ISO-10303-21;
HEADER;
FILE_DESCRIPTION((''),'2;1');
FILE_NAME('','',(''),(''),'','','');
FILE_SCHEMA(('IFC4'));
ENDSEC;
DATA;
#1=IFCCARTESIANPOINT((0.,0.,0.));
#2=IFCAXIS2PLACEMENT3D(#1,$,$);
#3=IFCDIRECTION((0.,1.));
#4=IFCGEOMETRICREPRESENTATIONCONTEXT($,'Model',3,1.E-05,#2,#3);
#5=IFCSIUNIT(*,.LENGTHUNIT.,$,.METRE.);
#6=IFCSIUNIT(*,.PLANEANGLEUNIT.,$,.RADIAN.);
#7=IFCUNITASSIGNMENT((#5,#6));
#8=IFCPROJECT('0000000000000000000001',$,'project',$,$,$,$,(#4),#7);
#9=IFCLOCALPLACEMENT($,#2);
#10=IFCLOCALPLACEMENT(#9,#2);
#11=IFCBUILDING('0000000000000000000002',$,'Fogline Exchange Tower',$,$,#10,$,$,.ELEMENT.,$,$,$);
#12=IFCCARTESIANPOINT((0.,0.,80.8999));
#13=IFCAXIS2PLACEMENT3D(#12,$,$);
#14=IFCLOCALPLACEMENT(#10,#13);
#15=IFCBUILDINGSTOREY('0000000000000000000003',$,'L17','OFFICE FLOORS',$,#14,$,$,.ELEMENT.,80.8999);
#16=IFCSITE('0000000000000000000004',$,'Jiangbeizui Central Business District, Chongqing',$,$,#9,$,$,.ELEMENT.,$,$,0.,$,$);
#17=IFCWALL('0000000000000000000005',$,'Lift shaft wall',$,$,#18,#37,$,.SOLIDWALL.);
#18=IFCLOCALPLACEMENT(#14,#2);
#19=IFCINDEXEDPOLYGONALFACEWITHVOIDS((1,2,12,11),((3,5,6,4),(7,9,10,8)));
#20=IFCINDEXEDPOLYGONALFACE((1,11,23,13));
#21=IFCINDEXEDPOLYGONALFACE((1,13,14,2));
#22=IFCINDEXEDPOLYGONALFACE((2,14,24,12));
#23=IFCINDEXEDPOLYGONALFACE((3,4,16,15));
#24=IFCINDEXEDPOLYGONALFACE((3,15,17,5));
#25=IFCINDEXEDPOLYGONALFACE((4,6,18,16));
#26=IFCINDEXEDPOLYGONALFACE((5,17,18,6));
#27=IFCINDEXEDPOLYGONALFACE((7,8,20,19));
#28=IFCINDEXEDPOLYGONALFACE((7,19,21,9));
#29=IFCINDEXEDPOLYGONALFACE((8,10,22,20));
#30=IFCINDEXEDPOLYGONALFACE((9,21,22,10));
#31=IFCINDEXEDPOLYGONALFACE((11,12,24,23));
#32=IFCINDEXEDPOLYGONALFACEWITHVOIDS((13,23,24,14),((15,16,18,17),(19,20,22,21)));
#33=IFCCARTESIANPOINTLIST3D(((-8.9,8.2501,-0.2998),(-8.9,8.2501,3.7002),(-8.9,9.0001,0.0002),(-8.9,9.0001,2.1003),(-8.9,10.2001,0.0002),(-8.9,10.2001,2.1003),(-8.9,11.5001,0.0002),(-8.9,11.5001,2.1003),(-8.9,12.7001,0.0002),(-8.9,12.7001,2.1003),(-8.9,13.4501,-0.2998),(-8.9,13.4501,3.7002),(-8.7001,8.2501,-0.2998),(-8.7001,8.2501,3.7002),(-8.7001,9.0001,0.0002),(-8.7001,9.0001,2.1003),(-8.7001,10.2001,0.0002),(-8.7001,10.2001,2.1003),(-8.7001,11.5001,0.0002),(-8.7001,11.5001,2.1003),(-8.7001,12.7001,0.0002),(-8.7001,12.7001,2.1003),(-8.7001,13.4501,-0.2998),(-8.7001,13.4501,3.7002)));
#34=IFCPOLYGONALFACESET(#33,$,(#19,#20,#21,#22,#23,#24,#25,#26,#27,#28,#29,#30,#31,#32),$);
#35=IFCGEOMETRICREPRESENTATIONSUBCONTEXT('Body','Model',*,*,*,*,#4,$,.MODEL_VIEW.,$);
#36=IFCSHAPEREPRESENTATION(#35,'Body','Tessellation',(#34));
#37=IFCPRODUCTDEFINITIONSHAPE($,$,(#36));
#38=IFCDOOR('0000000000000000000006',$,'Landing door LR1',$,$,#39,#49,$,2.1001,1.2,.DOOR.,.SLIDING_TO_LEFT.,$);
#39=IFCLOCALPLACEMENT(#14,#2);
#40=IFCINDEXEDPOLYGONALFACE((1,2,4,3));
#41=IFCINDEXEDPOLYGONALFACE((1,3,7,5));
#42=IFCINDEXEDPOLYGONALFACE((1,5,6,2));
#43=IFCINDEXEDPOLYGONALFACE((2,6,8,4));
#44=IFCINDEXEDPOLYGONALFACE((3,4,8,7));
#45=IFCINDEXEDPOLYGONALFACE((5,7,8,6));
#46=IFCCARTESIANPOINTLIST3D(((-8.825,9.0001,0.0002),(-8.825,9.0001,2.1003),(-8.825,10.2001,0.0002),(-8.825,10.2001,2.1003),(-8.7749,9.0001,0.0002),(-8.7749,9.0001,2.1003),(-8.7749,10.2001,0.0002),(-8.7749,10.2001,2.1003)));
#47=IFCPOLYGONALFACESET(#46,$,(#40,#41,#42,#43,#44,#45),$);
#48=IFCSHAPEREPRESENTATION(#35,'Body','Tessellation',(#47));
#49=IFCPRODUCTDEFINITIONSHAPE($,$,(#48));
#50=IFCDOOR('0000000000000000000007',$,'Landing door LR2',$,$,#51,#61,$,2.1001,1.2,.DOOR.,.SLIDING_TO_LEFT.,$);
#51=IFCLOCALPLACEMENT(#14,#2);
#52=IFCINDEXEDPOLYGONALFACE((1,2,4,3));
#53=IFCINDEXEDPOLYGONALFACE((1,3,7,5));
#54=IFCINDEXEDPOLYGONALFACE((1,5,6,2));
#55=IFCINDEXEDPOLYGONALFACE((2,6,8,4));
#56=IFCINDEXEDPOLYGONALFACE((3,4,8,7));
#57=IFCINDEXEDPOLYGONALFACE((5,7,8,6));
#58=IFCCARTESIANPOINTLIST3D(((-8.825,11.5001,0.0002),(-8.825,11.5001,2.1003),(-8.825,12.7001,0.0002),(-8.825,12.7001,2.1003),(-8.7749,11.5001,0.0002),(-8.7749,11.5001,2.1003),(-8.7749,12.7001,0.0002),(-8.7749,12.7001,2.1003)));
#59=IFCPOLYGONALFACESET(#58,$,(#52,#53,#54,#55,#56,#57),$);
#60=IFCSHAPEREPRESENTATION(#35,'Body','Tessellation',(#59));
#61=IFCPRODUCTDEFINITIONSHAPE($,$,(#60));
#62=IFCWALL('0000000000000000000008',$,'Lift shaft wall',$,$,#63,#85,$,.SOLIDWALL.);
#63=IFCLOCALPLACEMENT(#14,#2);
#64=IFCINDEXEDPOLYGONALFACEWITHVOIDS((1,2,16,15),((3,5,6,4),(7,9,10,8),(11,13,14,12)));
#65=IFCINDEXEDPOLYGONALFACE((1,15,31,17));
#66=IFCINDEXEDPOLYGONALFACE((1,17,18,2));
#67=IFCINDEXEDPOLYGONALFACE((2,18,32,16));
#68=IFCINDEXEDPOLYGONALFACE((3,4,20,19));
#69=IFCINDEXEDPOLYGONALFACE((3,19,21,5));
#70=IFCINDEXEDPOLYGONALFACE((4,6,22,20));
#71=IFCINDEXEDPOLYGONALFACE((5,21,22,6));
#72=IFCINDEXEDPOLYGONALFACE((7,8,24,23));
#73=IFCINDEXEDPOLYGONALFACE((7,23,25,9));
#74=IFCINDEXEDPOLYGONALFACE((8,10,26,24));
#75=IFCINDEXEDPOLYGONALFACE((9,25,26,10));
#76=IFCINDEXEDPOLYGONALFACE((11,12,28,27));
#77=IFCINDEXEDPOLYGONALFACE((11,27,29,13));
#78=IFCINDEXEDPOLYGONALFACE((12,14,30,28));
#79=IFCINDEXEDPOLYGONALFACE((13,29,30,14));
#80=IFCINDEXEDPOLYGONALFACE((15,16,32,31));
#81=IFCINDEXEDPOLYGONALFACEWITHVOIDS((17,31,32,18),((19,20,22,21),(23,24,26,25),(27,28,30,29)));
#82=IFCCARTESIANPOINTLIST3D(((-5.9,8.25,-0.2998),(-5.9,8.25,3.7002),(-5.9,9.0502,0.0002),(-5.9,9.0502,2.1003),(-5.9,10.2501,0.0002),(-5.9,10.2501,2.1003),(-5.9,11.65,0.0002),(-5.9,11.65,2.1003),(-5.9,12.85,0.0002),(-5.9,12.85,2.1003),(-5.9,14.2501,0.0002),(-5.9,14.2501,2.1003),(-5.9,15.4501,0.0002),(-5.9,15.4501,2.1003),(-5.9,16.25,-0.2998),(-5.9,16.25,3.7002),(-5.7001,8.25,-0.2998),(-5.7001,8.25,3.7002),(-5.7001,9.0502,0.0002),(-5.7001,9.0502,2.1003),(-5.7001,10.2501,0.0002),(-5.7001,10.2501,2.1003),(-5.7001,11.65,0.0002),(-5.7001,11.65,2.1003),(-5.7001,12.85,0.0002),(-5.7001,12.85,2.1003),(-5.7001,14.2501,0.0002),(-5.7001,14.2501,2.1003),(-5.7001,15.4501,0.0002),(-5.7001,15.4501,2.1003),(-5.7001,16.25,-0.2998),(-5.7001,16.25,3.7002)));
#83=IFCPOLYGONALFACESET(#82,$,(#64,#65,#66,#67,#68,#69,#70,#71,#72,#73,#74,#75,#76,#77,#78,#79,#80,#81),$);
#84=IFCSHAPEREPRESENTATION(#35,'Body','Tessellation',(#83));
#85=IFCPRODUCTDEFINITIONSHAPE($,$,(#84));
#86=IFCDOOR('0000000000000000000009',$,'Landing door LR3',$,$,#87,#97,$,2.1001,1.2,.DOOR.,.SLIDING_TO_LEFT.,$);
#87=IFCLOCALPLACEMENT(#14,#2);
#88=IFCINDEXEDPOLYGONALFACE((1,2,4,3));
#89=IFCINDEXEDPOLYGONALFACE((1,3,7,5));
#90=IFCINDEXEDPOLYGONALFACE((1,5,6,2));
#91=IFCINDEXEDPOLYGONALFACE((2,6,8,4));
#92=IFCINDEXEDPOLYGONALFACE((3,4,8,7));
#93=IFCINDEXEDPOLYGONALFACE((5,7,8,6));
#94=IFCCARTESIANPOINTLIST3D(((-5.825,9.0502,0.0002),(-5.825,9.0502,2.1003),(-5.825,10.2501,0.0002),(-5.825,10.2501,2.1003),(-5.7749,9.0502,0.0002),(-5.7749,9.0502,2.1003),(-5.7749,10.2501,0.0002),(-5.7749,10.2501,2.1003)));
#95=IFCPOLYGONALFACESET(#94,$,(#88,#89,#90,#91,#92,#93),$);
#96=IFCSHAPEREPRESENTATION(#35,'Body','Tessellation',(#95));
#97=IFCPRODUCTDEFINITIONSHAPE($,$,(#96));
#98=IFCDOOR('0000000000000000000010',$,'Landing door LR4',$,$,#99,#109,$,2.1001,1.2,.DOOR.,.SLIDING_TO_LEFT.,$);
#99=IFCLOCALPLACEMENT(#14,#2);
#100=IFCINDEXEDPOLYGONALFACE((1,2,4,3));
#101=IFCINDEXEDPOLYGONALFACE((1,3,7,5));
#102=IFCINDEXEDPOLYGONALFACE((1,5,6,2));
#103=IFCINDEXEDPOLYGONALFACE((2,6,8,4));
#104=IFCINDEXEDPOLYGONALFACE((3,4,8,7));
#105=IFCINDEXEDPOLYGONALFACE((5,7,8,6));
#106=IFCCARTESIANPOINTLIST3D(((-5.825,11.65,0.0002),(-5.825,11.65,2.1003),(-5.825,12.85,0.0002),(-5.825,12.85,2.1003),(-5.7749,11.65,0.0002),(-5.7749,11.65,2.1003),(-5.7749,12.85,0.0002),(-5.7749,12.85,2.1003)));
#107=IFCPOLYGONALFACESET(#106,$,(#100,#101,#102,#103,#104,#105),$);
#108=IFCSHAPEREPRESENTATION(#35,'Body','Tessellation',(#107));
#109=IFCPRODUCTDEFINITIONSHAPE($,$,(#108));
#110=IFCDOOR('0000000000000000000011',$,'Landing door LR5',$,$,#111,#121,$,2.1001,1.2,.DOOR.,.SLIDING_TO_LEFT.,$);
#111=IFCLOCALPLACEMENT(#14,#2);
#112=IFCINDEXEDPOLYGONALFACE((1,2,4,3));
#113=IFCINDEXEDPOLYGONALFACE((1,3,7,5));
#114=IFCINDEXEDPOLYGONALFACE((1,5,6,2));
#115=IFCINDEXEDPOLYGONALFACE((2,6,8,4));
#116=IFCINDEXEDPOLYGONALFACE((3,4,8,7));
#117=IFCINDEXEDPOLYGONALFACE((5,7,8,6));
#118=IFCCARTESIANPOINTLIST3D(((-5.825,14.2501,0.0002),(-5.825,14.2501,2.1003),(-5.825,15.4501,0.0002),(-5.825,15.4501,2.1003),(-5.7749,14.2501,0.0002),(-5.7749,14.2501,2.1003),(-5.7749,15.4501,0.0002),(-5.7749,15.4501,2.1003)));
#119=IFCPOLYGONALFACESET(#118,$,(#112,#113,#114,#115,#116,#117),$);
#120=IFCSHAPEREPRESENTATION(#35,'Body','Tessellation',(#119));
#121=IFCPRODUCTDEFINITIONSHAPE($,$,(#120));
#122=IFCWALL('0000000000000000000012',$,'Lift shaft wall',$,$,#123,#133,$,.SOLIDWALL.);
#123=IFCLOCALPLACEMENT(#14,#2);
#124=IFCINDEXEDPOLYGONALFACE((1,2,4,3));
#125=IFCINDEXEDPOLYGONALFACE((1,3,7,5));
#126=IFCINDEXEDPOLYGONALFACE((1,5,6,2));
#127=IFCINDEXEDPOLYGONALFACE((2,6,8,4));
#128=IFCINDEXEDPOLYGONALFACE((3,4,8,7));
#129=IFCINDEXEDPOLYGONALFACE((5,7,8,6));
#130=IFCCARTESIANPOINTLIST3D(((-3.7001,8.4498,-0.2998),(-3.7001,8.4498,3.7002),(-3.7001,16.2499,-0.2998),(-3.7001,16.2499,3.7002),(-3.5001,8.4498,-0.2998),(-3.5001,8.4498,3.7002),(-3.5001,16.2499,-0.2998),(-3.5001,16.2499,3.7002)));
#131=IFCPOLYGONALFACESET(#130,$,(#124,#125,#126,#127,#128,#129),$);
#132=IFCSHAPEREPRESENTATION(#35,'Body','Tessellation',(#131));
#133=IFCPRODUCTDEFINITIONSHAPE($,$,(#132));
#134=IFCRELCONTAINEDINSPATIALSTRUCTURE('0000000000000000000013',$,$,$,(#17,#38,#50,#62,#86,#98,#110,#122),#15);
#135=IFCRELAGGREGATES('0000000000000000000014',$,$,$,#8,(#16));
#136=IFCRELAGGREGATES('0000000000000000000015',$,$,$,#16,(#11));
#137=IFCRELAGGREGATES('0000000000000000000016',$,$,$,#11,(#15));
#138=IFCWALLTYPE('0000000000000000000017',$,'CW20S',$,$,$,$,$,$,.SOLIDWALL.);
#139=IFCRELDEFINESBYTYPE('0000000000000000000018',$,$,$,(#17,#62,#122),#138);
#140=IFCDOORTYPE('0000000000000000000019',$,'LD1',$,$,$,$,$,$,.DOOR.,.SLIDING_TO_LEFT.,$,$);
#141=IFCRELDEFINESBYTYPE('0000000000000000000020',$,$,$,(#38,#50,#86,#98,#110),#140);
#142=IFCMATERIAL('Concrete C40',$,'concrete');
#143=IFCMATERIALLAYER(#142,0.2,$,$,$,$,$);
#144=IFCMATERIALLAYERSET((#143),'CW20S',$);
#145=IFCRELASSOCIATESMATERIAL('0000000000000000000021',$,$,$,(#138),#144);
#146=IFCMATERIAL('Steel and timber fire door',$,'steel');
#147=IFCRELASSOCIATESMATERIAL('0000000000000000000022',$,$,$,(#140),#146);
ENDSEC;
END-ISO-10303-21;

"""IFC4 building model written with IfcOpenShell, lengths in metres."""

from ifc_helpers import new_model, si_unit, direction, frame, frame_2d, origin, place, context, subcontext, project, spatial, rectangle, extrude, material, layer, layer_set, type_object, element, fill, save


model = new_model("IFC4")

# Units and contexts
model_context = context("Model", 3, precision=1e-05, world=origin(), true_north=direction((0.0, 1.0)))
body_context = subcontext(model_context, "Body", "Model", "MODEL_VIEW")
ifc_project = project(units=[si_unit("LENGTHUNIT", "METRE"), si_unit("PLANEANGLEUNIT", "RADIAN")], contexts=[model_context])

# Site, building, storey
site_placement = place(None, origin())
site = spatial("IfcSite", under=ifc_project, at=site_placement, Name="Jiangbeizui Central Business District, Chongqing", CompositionType="ELEMENT", RefElevation=0.0)
building_placement = place(site_placement, origin())
building = spatial("IfcBuilding", under=site, at=building_placement, Name="Fogline Exchange Tower", CompositionType="ELEMENT")
storey_placement = place(building_placement, frame((0.0, 0.0, 80.8999)))
storey = spatial("IfcBuildingStorey", under=building, at=storey_placement, Name="L17", Description="OFFICE FLOORS", CompositionType="ELEMENT", Elevation=80.8999)

# Shared definitions
ifc_material_1 = material(Name="Steel and timber fire door", Category="steel")

# Shared definitions
ifc_material_2 = material(Name="Concrete C40", Category="concrete")

# Walls, openings, doors
ifc_layer_1 = layer(ifc_material_2, 0.2)
ifc_layer_set_1 = layer_set([ifc_layer_1], Name="CW20S")
wall_type_1 = type_object("IfcWallType", Name="CW20S", PredefinedType="SOLIDWALL", material=ifc_layer_set_1)
wall_1_placement = place(storey_placement, frame((-8.8, 8.25, -0.2998), z_axis=(0.0, 0.0, 1.0), x_axis=(0.0, 1.0, 0.0)))
wall_1 = element("IfcWall", 1, at=wall_1_placement, inside=storey, type_object=wall_type_1, Name="Lift shaft wall", PredefinedType="SOLIDWALL", context=body_context, shape_type="SweptSolid", body=[
    extrude(rectangle(XDim=5.2, YDim=0.2, at=frame_2d((2.6001, 0.0))), origin(), (0.0, 0.0, 1.0), 4.0),
])
opening_1_placement = place(wall_1_placement, frame((0.75, 0.0, 0.3)))
opening_1 = element("IfcOpeningElement", 2, at=opening_1_placement, cuts=wall_1, PredefinedType="OPENING", context=body_context, shape_type="SweptSolid", body=[
    extrude(rectangle(XDim=1.2, YDim=2.1001, at=frame_2d((0.6001, 1.05))), frame((0.0, 0.1099, 0.0), z_axis=(0.0, -1.0, 0.0), x_axis=(1.0, 0.0, 0.0)), (0.0, 0.0, 1.0), 0.22),
])
opening_2_placement = place(wall_1_placement, frame((3.25, 0.0, 0.3)))
opening_2 = element("IfcOpeningElement", 3, at=opening_2_placement, cuts=wall_1, PredefinedType="OPENING", context=body_context, shape_type="SweptSolid", body=[
    extrude(rectangle(XDim=1.2, YDim=2.1001, at=frame_2d((0.6001, 1.05))), frame((0.0, 0.1099, 0.0), z_axis=(0.0, -1.0, 0.0), x_axis=(1.0, 0.0, 0.0)), (0.0, 0.0, 1.0), 0.22),
])
door_type_1 = type_object("IfcDoorType", Name="LD1", OperationType="SLIDING_TO_LEFT", PredefinedType="DOOR", material=ifc_material_1)
door_1_placement = place(opening_1_placement, origin())
door_1 = element("IfcDoor", 4, at=door_1_placement, inside=storey, type_object=door_type_1, Name="Landing door LR1", OperationType="SLIDING_TO_LEFT", OverallHeight=2.1001, OverallWidth=1.2, PredefinedType="DOOR", context=body_context, shape_type="SweptSolid", body=[
    extrude(rectangle(XDim=1.2, YDim=2.1001, at=frame_2d((0.6001, 1.05))), frame((0.0, 0.0249, 0.0), z_axis=(0.0, -1.0, 0.0), x_axis=(1.0, 0.0, 0.0)), (0.0, 0.0, 1.0), 0.05),
])
fill(opening_1, door_1)
door_2_placement = place(opening_2_placement, origin())
door_2 = element("IfcDoor", 5, at=door_2_placement, inside=storey, type_object=door_type_1, Name="Landing door LR2", OperationType="SLIDING_TO_LEFT", OverallHeight=2.1001, OverallWidth=1.2, PredefinedType="DOOR", context=body_context, shape_type="SweptSolid", body=[
    extrude(rectangle(XDim=1.2, YDim=2.1001, at=frame_2d((0.6001, 1.05))), frame((0.0, 0.0249, 0.0), z_axis=(0.0, -1.0, 0.0), x_axis=(1.0, 0.0, 0.0)), (0.0, 0.0, 1.0), 0.05),
])
fill(opening_2, door_2)
wall_2_placement = place(storey_placement, frame((-5.8, 8.25, -0.2998), z_axis=(0.0, 0.0, 1.0), x_axis=(0.0, 1.0, 0.0)))
wall_2 = element("IfcWall", 6, at=wall_2_placement, inside=storey, type_object=wall_type_1, Name="Lift shaft wall", PredefinedType="SOLIDWALL", context=body_context, shape_type="SweptSolid", body=[
    extrude(rectangle(XDim=8.0, YDim=0.2, at=frame_2d((4.0, 0.0))), origin(), (0.0, 0.0, 1.0), 4.0),
])
opening_3_placement = place(wall_2_placement, frame((0.8, 0.0, 0.3)))
opening_3 = element("IfcOpeningElement", 7, at=opening_3_placement, cuts=wall_2, PredefinedType="OPENING", context=body_context, shape_type="SweptSolid", body=[
    extrude(rectangle(XDim=1.2, YDim=2.1001, at=frame_2d((0.6001, 1.05))), frame((0.0, 0.1099, 0.0), z_axis=(0.0, -1.0, 0.0), x_axis=(1.0, 0.0, 0.0)), (0.0, 0.0, 1.0), 0.22),
])
opening_4_placement = place(wall_2_placement, frame((3.3999, 0.0, 0.3)))
opening_4 = element("IfcOpeningElement", 8, at=opening_4_placement, cuts=wall_2, PredefinedType="OPENING", context=body_context, shape_type="SweptSolid", body=[
    extrude(rectangle(XDim=1.2, YDim=2.1001, at=frame_2d((0.6001, 1.05))), frame((0.0, 0.1099, 0.0), z_axis=(0.0, -1.0, 0.0), x_axis=(1.0, 0.0, 0.0)), (0.0, 0.0, 1.0), 0.22),
])
opening_5_placement = place(wall_2_placement, frame((6.0, 0.0, 0.3)))
opening_5 = element("IfcOpeningElement", 9, at=opening_5_placement, cuts=wall_2, PredefinedType="OPENING", context=body_context, shape_type="SweptSolid", body=[
    extrude(rectangle(XDim=1.2, YDim=2.1001, at=frame_2d((0.6001, 1.05))), frame((0.0, 0.1099, 0.0), z_axis=(0.0, -1.0, 0.0), x_axis=(1.0, 0.0, 0.0)), (0.0, 0.0, 1.0), 0.22),
])
door_3_placement = place(opening_3_placement, origin())
door_3 = element("IfcDoor", 10, at=door_3_placement, inside=storey, type_object=door_type_1, Name="Landing door LR3", OperationType="SLIDING_TO_LEFT", OverallHeight=2.1001, OverallWidth=1.2, PredefinedType="DOOR", context=body_context, shape_type="SweptSolid", body=[
    extrude(rectangle(XDim=1.2, YDim=2.1001, at=frame_2d((0.6001, 1.05))), frame((0.0, 0.0249, 0.0), z_axis=(0.0, -1.0, 0.0), x_axis=(1.0, 0.0, 0.0)), (0.0, 0.0, 1.0), 0.05),
])
fill(opening_3, door_3)
door_4_placement = place(opening_4_placement, origin())
door_4 = element("IfcDoor", 11, at=door_4_placement, inside=storey, type_object=door_type_1, Name="Landing door LR4", OperationType="SLIDING_TO_LEFT", OverallHeight=2.1001, OverallWidth=1.2, PredefinedType="DOOR", context=body_context, shape_type="SweptSolid", body=[
    extrude(rectangle(XDim=1.2, YDim=2.1001, at=frame_2d((0.6001, 1.05))), frame((0.0, 0.0249, 0.0), z_axis=(0.0, -1.0, 0.0), x_axis=(1.0, 0.0, 0.0)), (0.0, 0.0, 1.0), 0.05),
])
fill(opening_4, door_4)
door_5_placement = place(opening_5_placement, origin())
door_5 = element("IfcDoor", 12, at=door_5_placement, inside=storey, type_object=door_type_1, Name="Landing door LR5", OperationType="SLIDING_TO_LEFT", OverallHeight=2.1001, OverallWidth=1.2, PredefinedType="DOOR", context=body_context, shape_type="SweptSolid", body=[
    extrude(rectangle(XDim=1.2, YDim=2.1001, at=frame_2d((0.6001, 1.05))), frame((0.0, 0.0249, 0.0), z_axis=(0.0, -1.0, 0.0), x_axis=(1.0, 0.0, 0.0)), (0.0, 0.0, 1.0), 0.05),
])
fill(opening_5, door_5)

# Wall
wall_3_placement = place(storey_placement, frame((-3.6001, 8.45, -0.2998), z_axis=(0.0, 0.0, 1.0), x_axis=(0.0, 1.0, 0.0)))
element("IfcWall", 13, at=wall_3_placement, inside=storey, type_object=wall_type_1, Name="Lift shaft wall", PredefinedType="SOLIDWALL", context=body_context, shape_type="SweptSolid", body=[
    extrude(rectangle(XDim=7.8, YDim=0.2, at=frame_2d((3.8999, 0.0))), origin(), (0.0, 0.0, 1.0), 4.0),
])

save(model, "model.ifc")
